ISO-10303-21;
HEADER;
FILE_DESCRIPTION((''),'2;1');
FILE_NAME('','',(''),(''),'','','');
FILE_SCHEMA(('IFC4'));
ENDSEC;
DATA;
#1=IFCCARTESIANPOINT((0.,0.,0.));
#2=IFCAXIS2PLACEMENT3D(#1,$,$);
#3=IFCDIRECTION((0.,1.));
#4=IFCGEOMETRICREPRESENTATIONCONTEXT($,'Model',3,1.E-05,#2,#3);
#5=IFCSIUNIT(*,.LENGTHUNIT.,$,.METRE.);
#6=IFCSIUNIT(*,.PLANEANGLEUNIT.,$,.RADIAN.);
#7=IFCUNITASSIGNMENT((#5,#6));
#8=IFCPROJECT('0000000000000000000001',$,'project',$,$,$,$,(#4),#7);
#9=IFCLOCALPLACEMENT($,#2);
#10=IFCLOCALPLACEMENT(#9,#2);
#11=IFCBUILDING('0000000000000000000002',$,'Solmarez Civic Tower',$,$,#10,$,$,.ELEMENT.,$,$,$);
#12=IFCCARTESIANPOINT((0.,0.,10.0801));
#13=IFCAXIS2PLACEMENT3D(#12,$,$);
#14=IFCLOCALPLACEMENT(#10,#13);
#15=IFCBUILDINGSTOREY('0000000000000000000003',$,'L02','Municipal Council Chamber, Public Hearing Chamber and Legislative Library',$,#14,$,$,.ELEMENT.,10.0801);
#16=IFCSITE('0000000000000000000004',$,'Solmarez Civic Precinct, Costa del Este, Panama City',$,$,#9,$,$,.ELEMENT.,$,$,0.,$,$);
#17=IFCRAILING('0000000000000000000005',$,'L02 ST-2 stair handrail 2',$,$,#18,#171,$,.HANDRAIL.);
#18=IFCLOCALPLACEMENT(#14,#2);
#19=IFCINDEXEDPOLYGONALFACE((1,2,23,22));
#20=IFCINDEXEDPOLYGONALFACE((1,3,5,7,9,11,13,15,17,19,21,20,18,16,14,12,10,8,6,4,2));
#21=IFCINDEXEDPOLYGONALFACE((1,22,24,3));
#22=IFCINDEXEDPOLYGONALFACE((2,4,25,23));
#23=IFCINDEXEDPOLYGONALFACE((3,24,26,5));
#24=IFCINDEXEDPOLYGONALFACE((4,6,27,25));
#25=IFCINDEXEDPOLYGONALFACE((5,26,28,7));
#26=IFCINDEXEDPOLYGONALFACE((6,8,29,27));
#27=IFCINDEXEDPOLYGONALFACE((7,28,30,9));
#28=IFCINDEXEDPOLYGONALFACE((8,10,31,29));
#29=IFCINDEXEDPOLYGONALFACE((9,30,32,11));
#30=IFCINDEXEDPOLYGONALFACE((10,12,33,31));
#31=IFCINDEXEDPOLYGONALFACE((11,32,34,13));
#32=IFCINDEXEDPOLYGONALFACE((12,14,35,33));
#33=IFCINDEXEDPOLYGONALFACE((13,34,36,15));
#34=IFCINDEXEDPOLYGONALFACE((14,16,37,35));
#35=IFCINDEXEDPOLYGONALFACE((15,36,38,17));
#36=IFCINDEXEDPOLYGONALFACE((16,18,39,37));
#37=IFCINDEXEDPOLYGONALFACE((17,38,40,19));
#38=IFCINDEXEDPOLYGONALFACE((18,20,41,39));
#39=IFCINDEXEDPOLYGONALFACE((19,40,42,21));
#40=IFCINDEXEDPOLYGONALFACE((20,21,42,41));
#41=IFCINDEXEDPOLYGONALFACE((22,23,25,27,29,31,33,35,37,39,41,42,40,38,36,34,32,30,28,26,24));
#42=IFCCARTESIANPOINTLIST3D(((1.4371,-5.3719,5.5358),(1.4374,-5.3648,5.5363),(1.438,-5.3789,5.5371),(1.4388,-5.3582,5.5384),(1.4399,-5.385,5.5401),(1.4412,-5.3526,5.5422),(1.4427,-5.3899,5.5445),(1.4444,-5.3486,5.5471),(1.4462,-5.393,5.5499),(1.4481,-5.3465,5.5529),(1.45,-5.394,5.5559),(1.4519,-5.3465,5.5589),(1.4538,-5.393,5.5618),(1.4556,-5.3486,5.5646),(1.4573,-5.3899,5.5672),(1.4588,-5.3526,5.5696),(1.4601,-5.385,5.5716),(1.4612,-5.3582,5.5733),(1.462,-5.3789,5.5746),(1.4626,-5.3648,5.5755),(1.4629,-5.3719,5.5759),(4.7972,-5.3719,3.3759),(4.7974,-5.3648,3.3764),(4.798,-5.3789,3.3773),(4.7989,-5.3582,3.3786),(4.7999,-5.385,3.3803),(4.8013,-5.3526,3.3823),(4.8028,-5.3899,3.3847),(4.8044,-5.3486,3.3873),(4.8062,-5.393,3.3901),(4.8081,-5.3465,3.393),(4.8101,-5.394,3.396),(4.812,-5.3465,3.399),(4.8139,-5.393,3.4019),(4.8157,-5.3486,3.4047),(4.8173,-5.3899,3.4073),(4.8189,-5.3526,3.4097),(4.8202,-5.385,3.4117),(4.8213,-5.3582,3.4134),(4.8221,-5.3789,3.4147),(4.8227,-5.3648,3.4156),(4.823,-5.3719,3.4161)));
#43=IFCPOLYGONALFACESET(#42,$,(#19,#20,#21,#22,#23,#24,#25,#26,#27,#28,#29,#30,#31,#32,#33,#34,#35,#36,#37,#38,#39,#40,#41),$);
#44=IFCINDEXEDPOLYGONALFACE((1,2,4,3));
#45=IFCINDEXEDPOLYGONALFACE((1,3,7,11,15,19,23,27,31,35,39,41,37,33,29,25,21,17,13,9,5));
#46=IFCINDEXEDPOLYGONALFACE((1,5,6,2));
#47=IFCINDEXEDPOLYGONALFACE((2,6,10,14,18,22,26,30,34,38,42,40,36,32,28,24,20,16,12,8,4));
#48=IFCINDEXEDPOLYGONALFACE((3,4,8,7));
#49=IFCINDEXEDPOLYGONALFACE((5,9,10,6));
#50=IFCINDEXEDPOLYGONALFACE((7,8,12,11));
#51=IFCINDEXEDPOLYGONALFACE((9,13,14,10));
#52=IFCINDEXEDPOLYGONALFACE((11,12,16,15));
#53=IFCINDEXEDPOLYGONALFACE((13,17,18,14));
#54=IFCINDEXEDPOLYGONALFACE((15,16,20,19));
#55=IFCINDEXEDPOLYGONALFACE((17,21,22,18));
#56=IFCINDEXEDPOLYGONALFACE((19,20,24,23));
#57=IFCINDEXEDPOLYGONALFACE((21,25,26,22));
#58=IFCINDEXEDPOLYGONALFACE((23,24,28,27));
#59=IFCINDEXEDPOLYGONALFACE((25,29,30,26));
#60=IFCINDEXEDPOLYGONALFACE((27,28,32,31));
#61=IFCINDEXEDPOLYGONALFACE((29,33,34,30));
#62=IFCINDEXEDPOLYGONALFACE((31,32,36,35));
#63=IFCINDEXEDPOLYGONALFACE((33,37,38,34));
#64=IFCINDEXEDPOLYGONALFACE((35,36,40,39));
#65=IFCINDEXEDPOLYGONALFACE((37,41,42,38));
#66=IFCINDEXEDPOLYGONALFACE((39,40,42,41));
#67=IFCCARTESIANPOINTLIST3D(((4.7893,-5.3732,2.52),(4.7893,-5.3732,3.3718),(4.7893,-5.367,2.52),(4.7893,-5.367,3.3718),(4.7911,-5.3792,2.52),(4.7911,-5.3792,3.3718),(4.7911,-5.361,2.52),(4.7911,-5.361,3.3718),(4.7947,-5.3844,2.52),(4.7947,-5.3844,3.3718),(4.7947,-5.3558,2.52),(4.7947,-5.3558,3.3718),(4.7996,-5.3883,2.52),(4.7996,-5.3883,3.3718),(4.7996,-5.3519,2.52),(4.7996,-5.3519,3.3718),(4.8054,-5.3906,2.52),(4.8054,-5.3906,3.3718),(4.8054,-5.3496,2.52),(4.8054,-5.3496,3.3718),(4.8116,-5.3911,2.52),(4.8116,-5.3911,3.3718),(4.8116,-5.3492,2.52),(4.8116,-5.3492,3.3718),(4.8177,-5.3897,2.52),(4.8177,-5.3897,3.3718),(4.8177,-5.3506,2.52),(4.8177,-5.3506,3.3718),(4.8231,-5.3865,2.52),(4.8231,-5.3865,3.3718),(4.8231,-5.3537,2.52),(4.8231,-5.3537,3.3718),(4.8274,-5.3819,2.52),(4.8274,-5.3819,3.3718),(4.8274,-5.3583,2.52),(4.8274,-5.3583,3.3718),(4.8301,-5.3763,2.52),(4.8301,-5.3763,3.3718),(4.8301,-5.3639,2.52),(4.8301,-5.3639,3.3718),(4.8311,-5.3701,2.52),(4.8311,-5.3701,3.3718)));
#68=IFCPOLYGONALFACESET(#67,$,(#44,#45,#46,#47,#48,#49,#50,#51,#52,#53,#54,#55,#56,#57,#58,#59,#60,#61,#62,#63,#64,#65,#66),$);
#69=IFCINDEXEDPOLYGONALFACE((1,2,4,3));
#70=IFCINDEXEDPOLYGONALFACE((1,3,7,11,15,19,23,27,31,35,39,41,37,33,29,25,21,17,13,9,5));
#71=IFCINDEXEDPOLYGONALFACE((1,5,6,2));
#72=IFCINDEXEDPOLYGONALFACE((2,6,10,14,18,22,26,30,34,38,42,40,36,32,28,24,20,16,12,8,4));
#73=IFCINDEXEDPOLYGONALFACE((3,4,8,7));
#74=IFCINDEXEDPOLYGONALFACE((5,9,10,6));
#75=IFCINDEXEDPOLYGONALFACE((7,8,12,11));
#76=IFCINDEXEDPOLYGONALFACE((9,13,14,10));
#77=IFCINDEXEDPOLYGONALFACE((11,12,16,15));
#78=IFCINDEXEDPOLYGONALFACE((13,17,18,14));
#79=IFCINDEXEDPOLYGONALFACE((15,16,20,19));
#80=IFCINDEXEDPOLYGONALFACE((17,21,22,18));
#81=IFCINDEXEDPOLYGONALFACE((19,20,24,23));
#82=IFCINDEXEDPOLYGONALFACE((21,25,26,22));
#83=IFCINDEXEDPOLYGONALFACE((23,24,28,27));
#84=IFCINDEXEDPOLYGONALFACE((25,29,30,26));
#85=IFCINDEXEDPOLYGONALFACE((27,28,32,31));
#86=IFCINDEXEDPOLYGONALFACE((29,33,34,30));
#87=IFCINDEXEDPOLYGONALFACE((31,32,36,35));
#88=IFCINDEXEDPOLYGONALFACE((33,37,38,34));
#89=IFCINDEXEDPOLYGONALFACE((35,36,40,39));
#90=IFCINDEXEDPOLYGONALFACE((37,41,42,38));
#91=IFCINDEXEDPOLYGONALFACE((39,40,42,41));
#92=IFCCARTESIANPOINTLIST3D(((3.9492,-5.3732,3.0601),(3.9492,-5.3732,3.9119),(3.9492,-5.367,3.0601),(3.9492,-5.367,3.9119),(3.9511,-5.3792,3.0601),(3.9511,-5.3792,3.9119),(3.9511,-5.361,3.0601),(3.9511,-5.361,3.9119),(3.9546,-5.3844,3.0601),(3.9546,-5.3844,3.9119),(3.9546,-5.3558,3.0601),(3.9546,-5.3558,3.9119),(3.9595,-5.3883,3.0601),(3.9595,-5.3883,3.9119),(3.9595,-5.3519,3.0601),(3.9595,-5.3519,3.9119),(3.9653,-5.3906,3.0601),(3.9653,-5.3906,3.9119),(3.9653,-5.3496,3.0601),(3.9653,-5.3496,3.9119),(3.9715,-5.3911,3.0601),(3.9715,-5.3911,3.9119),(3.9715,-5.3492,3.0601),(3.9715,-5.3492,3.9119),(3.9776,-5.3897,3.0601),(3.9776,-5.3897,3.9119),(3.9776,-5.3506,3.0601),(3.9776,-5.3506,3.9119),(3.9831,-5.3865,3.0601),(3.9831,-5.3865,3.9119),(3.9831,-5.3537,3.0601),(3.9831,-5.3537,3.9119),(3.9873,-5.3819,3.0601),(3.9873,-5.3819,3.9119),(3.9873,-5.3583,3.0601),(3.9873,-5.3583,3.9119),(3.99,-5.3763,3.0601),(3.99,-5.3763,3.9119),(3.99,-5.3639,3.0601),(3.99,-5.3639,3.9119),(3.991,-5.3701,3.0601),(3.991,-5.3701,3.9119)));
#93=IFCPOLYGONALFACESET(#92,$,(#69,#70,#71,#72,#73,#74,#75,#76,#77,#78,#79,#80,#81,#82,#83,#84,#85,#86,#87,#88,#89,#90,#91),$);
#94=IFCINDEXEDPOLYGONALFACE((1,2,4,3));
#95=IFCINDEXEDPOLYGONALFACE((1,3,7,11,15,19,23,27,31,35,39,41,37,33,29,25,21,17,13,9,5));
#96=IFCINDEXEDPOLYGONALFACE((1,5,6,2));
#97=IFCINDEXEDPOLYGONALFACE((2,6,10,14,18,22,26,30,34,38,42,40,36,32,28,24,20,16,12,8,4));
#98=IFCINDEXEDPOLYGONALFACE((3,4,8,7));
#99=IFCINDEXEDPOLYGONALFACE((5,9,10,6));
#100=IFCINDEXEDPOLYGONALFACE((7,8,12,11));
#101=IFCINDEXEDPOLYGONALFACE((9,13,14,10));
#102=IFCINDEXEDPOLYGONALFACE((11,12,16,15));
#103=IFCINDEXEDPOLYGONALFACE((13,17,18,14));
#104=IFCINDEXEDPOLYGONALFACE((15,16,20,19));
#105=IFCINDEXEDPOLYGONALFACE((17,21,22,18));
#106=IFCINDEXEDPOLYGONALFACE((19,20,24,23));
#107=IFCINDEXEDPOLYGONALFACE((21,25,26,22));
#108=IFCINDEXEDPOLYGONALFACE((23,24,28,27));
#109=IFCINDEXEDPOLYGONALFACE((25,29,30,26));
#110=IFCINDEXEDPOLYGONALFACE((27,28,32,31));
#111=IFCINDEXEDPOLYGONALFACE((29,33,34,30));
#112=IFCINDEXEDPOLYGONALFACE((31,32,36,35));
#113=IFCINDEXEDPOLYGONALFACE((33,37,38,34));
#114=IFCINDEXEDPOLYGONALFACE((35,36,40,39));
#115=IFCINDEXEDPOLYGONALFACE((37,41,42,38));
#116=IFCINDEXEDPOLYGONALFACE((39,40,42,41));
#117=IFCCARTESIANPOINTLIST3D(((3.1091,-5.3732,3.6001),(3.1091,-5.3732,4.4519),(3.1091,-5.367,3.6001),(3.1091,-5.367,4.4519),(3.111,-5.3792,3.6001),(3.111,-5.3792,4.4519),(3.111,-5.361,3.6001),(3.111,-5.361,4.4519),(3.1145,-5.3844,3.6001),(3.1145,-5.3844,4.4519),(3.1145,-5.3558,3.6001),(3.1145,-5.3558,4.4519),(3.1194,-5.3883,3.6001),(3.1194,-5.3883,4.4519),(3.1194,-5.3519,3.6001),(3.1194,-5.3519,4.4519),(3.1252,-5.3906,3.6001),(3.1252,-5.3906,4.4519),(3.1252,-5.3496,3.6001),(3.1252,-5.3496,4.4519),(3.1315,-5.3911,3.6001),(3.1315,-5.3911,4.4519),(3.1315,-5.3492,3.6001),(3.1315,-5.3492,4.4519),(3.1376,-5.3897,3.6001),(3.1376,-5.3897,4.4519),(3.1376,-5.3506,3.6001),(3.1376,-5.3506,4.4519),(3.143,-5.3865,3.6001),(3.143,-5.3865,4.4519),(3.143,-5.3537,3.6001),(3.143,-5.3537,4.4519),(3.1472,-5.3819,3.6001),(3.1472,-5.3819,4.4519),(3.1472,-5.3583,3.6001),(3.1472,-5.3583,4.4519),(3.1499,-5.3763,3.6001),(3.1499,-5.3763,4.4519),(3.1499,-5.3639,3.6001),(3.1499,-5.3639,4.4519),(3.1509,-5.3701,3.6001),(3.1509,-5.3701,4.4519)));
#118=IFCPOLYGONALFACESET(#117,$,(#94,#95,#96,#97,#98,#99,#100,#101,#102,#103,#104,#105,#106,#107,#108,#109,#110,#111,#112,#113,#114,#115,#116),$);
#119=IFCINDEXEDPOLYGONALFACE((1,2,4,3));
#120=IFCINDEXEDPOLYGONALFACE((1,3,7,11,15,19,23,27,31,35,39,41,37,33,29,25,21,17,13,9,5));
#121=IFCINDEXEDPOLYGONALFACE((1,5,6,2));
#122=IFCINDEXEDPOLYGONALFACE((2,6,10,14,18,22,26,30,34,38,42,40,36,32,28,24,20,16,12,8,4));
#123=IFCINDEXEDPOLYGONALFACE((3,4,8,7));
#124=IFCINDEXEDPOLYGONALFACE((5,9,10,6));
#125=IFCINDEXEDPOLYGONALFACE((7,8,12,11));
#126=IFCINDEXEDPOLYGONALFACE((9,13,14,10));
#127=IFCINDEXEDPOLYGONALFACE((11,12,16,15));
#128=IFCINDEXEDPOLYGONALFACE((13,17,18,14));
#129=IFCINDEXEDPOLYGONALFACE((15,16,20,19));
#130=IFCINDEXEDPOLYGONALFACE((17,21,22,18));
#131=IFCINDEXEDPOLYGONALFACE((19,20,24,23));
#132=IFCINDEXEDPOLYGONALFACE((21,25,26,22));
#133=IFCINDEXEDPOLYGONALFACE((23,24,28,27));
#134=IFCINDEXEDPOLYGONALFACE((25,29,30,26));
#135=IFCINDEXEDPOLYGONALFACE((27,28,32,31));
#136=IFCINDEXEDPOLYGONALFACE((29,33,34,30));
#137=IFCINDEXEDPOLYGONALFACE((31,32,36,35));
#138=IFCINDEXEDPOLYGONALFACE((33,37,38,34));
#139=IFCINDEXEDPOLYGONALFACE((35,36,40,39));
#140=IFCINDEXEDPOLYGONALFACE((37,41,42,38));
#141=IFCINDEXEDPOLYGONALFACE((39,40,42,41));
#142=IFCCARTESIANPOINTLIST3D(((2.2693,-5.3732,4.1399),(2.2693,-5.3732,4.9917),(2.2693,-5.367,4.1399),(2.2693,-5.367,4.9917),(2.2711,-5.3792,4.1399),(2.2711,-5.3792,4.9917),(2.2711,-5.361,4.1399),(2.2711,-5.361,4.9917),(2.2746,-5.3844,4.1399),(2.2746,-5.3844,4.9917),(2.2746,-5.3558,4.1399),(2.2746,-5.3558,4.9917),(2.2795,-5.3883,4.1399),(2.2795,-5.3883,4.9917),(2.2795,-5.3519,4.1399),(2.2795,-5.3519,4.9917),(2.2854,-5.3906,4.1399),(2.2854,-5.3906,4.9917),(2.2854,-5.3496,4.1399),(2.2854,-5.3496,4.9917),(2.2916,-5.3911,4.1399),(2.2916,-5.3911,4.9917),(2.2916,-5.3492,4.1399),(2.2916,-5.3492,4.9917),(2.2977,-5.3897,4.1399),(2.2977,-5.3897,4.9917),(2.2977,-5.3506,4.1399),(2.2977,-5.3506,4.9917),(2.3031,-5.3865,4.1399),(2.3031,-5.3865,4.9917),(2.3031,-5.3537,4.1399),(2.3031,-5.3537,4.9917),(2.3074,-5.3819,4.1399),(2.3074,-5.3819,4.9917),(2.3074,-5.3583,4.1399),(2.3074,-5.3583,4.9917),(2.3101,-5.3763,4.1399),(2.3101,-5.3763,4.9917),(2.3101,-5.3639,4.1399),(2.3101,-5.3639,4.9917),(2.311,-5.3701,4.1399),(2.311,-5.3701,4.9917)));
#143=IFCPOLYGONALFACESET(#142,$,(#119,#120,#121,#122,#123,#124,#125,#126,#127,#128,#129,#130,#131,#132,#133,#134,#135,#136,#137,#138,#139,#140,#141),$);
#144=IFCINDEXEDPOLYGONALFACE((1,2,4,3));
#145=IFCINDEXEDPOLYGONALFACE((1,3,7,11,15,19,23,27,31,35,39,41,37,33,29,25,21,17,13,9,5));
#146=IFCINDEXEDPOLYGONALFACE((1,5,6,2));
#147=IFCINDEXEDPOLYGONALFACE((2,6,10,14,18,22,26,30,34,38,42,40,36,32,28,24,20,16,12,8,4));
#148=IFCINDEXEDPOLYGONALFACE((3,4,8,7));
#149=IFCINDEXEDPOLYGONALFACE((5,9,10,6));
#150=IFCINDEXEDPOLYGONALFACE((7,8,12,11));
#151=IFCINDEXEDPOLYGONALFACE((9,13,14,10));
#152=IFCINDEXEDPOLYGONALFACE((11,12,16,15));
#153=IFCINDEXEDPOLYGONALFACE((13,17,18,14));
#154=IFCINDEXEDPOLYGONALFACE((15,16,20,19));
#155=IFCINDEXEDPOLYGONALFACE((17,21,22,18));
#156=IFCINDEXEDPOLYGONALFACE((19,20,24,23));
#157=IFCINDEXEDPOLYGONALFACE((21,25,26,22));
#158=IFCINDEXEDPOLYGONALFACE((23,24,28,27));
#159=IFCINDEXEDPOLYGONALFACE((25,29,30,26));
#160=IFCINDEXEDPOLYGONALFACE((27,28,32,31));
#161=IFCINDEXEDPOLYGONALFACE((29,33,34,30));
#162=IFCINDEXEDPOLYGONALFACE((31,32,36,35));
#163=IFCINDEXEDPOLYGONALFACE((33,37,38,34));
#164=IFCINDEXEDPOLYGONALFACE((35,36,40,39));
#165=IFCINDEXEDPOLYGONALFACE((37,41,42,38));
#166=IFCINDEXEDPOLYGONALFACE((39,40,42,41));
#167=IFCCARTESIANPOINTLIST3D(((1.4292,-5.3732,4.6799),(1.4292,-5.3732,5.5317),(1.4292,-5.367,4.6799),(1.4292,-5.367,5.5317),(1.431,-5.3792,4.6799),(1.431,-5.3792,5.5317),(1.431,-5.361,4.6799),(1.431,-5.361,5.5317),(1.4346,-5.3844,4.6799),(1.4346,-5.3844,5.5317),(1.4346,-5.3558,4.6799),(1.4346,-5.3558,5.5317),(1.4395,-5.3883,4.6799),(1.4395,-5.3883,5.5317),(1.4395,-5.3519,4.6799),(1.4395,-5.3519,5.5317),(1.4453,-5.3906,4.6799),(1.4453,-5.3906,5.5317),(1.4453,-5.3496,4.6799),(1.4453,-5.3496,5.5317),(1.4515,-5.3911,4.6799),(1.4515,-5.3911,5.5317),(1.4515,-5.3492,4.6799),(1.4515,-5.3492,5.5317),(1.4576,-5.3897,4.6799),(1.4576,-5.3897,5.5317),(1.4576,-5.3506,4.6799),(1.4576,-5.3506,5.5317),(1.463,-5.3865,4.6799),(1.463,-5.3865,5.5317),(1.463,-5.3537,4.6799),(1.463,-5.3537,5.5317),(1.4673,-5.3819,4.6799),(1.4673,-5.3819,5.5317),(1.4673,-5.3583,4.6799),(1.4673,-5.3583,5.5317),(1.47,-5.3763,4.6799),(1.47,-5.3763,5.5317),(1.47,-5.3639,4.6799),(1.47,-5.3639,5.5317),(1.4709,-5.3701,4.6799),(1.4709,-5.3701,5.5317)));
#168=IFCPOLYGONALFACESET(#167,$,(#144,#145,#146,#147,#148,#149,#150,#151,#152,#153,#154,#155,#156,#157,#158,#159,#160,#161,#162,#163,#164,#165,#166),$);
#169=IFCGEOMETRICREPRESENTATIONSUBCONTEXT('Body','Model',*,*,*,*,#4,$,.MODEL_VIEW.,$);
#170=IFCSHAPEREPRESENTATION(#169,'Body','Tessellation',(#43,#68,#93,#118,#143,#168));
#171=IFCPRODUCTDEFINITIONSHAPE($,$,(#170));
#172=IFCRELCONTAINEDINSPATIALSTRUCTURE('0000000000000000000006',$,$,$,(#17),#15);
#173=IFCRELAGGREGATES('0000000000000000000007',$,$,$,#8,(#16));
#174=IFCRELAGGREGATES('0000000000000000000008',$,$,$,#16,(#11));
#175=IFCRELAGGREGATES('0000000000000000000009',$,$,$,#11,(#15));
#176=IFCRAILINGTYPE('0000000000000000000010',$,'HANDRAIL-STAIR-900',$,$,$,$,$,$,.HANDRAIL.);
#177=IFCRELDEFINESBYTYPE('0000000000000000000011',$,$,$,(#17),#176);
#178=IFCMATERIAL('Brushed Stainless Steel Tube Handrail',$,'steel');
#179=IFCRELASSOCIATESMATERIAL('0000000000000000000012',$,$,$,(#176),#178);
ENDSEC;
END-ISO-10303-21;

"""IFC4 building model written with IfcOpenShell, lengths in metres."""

from ifc_helpers import new_model, si_unit, direction, frame, origin, origin_2d, place, context, subcontext, project, spatial, circle, extrude, material, type_object, element, save


model = new_model("IFC4")

# Units and contexts
model_context = context("Model", 3, precision=1e-05, world=origin(), true_north=direction((0.0, 1.0)))
body_context = subcontext(model_context, "Body", "Model", "MODEL_VIEW")
ifc_project = project(units=[si_unit("LENGTHUNIT", "METRE"), si_unit("PLANEANGLEUNIT", "RADIAN")], contexts=[model_context])

# Site, building, storey
site_placement = place(None, origin())
site = spatial("IfcSite", under=ifc_project, at=site_placement, Name="Solmarez Civic Precinct, Costa del Este, Panama City", CompositionType="ELEMENT", RefElevation=0.0)
building_placement = place(site_placement, origin())
building = spatial("IfcBuilding", under=site, at=building_placement, Name="Solmarez Civic Tower", CompositionType="ELEMENT")
storey_placement = place(building_placement, frame((0.0, 0.0, 10.0801)))
storey = spatial("IfcBuildingStorey", under=building, at=storey_placement, Name="L02", Description="Municipal Council Chamber, Public Hearing Chamber and Legislative Library", CompositionType="ELEMENT", Elevation=10.0801)

# Railing
ifc_material_1 = material(Name="Brushed Stainless Steel Tube Handrail", Category="steel")
railing_type = type_object("IfcRailingType", Name="HANDRAIL-STAIR-900", PredefinedType="HANDRAIL", material=ifc_material_1)
railing_placement = place(storey_placement, frame((4.8101, -5.3701, 2.52)))
element("IfcRailing", 1, at=railing_placement, inside=storey, type_object=railing_type, Name="L02 ST-2 stair handrail 2", PredefinedType="HANDRAIL", context=body_context, shape_type="SweptSolid", body=[
    extrude(circle(Radius=0.0239, at=origin_2d()), frame((0.0, 0.0, 0.876), z_axis=(-0.841196, 0.0, 0.54073), x_axis=(0.0, -1.0, 0.0)), (0.0, 0.0, 1.0), 3.9944),
    extrude(circle(Radius=0.021, at=origin_2d()), origin(), (0.0, 0.0, 1.0), 0.8518),
    extrude(circle(Radius=0.021, at=origin_2d()), frame((-0.8401, 0.0, 0.54)), (0.0, 0.0, 1.0), 0.8518),
    extrude(circle(Radius=0.021, at=origin_2d()), frame((-1.6802, 0.0, 1.0801)), (0.0, 0.0, 1.0), 0.8518),
    extrude(circle(Radius=0.021, at=origin_2d()), frame((-2.52, 0.0, 1.6199)), (0.0, 0.0, 1.0), 0.8518),
    extrude(circle(Radius=0.021, at=origin_2d()), frame((-3.3601, 0.0, 2.1599)), (0.0, 0.0, 1.0), 0.8518),
])

save(model, "model.ifc")
